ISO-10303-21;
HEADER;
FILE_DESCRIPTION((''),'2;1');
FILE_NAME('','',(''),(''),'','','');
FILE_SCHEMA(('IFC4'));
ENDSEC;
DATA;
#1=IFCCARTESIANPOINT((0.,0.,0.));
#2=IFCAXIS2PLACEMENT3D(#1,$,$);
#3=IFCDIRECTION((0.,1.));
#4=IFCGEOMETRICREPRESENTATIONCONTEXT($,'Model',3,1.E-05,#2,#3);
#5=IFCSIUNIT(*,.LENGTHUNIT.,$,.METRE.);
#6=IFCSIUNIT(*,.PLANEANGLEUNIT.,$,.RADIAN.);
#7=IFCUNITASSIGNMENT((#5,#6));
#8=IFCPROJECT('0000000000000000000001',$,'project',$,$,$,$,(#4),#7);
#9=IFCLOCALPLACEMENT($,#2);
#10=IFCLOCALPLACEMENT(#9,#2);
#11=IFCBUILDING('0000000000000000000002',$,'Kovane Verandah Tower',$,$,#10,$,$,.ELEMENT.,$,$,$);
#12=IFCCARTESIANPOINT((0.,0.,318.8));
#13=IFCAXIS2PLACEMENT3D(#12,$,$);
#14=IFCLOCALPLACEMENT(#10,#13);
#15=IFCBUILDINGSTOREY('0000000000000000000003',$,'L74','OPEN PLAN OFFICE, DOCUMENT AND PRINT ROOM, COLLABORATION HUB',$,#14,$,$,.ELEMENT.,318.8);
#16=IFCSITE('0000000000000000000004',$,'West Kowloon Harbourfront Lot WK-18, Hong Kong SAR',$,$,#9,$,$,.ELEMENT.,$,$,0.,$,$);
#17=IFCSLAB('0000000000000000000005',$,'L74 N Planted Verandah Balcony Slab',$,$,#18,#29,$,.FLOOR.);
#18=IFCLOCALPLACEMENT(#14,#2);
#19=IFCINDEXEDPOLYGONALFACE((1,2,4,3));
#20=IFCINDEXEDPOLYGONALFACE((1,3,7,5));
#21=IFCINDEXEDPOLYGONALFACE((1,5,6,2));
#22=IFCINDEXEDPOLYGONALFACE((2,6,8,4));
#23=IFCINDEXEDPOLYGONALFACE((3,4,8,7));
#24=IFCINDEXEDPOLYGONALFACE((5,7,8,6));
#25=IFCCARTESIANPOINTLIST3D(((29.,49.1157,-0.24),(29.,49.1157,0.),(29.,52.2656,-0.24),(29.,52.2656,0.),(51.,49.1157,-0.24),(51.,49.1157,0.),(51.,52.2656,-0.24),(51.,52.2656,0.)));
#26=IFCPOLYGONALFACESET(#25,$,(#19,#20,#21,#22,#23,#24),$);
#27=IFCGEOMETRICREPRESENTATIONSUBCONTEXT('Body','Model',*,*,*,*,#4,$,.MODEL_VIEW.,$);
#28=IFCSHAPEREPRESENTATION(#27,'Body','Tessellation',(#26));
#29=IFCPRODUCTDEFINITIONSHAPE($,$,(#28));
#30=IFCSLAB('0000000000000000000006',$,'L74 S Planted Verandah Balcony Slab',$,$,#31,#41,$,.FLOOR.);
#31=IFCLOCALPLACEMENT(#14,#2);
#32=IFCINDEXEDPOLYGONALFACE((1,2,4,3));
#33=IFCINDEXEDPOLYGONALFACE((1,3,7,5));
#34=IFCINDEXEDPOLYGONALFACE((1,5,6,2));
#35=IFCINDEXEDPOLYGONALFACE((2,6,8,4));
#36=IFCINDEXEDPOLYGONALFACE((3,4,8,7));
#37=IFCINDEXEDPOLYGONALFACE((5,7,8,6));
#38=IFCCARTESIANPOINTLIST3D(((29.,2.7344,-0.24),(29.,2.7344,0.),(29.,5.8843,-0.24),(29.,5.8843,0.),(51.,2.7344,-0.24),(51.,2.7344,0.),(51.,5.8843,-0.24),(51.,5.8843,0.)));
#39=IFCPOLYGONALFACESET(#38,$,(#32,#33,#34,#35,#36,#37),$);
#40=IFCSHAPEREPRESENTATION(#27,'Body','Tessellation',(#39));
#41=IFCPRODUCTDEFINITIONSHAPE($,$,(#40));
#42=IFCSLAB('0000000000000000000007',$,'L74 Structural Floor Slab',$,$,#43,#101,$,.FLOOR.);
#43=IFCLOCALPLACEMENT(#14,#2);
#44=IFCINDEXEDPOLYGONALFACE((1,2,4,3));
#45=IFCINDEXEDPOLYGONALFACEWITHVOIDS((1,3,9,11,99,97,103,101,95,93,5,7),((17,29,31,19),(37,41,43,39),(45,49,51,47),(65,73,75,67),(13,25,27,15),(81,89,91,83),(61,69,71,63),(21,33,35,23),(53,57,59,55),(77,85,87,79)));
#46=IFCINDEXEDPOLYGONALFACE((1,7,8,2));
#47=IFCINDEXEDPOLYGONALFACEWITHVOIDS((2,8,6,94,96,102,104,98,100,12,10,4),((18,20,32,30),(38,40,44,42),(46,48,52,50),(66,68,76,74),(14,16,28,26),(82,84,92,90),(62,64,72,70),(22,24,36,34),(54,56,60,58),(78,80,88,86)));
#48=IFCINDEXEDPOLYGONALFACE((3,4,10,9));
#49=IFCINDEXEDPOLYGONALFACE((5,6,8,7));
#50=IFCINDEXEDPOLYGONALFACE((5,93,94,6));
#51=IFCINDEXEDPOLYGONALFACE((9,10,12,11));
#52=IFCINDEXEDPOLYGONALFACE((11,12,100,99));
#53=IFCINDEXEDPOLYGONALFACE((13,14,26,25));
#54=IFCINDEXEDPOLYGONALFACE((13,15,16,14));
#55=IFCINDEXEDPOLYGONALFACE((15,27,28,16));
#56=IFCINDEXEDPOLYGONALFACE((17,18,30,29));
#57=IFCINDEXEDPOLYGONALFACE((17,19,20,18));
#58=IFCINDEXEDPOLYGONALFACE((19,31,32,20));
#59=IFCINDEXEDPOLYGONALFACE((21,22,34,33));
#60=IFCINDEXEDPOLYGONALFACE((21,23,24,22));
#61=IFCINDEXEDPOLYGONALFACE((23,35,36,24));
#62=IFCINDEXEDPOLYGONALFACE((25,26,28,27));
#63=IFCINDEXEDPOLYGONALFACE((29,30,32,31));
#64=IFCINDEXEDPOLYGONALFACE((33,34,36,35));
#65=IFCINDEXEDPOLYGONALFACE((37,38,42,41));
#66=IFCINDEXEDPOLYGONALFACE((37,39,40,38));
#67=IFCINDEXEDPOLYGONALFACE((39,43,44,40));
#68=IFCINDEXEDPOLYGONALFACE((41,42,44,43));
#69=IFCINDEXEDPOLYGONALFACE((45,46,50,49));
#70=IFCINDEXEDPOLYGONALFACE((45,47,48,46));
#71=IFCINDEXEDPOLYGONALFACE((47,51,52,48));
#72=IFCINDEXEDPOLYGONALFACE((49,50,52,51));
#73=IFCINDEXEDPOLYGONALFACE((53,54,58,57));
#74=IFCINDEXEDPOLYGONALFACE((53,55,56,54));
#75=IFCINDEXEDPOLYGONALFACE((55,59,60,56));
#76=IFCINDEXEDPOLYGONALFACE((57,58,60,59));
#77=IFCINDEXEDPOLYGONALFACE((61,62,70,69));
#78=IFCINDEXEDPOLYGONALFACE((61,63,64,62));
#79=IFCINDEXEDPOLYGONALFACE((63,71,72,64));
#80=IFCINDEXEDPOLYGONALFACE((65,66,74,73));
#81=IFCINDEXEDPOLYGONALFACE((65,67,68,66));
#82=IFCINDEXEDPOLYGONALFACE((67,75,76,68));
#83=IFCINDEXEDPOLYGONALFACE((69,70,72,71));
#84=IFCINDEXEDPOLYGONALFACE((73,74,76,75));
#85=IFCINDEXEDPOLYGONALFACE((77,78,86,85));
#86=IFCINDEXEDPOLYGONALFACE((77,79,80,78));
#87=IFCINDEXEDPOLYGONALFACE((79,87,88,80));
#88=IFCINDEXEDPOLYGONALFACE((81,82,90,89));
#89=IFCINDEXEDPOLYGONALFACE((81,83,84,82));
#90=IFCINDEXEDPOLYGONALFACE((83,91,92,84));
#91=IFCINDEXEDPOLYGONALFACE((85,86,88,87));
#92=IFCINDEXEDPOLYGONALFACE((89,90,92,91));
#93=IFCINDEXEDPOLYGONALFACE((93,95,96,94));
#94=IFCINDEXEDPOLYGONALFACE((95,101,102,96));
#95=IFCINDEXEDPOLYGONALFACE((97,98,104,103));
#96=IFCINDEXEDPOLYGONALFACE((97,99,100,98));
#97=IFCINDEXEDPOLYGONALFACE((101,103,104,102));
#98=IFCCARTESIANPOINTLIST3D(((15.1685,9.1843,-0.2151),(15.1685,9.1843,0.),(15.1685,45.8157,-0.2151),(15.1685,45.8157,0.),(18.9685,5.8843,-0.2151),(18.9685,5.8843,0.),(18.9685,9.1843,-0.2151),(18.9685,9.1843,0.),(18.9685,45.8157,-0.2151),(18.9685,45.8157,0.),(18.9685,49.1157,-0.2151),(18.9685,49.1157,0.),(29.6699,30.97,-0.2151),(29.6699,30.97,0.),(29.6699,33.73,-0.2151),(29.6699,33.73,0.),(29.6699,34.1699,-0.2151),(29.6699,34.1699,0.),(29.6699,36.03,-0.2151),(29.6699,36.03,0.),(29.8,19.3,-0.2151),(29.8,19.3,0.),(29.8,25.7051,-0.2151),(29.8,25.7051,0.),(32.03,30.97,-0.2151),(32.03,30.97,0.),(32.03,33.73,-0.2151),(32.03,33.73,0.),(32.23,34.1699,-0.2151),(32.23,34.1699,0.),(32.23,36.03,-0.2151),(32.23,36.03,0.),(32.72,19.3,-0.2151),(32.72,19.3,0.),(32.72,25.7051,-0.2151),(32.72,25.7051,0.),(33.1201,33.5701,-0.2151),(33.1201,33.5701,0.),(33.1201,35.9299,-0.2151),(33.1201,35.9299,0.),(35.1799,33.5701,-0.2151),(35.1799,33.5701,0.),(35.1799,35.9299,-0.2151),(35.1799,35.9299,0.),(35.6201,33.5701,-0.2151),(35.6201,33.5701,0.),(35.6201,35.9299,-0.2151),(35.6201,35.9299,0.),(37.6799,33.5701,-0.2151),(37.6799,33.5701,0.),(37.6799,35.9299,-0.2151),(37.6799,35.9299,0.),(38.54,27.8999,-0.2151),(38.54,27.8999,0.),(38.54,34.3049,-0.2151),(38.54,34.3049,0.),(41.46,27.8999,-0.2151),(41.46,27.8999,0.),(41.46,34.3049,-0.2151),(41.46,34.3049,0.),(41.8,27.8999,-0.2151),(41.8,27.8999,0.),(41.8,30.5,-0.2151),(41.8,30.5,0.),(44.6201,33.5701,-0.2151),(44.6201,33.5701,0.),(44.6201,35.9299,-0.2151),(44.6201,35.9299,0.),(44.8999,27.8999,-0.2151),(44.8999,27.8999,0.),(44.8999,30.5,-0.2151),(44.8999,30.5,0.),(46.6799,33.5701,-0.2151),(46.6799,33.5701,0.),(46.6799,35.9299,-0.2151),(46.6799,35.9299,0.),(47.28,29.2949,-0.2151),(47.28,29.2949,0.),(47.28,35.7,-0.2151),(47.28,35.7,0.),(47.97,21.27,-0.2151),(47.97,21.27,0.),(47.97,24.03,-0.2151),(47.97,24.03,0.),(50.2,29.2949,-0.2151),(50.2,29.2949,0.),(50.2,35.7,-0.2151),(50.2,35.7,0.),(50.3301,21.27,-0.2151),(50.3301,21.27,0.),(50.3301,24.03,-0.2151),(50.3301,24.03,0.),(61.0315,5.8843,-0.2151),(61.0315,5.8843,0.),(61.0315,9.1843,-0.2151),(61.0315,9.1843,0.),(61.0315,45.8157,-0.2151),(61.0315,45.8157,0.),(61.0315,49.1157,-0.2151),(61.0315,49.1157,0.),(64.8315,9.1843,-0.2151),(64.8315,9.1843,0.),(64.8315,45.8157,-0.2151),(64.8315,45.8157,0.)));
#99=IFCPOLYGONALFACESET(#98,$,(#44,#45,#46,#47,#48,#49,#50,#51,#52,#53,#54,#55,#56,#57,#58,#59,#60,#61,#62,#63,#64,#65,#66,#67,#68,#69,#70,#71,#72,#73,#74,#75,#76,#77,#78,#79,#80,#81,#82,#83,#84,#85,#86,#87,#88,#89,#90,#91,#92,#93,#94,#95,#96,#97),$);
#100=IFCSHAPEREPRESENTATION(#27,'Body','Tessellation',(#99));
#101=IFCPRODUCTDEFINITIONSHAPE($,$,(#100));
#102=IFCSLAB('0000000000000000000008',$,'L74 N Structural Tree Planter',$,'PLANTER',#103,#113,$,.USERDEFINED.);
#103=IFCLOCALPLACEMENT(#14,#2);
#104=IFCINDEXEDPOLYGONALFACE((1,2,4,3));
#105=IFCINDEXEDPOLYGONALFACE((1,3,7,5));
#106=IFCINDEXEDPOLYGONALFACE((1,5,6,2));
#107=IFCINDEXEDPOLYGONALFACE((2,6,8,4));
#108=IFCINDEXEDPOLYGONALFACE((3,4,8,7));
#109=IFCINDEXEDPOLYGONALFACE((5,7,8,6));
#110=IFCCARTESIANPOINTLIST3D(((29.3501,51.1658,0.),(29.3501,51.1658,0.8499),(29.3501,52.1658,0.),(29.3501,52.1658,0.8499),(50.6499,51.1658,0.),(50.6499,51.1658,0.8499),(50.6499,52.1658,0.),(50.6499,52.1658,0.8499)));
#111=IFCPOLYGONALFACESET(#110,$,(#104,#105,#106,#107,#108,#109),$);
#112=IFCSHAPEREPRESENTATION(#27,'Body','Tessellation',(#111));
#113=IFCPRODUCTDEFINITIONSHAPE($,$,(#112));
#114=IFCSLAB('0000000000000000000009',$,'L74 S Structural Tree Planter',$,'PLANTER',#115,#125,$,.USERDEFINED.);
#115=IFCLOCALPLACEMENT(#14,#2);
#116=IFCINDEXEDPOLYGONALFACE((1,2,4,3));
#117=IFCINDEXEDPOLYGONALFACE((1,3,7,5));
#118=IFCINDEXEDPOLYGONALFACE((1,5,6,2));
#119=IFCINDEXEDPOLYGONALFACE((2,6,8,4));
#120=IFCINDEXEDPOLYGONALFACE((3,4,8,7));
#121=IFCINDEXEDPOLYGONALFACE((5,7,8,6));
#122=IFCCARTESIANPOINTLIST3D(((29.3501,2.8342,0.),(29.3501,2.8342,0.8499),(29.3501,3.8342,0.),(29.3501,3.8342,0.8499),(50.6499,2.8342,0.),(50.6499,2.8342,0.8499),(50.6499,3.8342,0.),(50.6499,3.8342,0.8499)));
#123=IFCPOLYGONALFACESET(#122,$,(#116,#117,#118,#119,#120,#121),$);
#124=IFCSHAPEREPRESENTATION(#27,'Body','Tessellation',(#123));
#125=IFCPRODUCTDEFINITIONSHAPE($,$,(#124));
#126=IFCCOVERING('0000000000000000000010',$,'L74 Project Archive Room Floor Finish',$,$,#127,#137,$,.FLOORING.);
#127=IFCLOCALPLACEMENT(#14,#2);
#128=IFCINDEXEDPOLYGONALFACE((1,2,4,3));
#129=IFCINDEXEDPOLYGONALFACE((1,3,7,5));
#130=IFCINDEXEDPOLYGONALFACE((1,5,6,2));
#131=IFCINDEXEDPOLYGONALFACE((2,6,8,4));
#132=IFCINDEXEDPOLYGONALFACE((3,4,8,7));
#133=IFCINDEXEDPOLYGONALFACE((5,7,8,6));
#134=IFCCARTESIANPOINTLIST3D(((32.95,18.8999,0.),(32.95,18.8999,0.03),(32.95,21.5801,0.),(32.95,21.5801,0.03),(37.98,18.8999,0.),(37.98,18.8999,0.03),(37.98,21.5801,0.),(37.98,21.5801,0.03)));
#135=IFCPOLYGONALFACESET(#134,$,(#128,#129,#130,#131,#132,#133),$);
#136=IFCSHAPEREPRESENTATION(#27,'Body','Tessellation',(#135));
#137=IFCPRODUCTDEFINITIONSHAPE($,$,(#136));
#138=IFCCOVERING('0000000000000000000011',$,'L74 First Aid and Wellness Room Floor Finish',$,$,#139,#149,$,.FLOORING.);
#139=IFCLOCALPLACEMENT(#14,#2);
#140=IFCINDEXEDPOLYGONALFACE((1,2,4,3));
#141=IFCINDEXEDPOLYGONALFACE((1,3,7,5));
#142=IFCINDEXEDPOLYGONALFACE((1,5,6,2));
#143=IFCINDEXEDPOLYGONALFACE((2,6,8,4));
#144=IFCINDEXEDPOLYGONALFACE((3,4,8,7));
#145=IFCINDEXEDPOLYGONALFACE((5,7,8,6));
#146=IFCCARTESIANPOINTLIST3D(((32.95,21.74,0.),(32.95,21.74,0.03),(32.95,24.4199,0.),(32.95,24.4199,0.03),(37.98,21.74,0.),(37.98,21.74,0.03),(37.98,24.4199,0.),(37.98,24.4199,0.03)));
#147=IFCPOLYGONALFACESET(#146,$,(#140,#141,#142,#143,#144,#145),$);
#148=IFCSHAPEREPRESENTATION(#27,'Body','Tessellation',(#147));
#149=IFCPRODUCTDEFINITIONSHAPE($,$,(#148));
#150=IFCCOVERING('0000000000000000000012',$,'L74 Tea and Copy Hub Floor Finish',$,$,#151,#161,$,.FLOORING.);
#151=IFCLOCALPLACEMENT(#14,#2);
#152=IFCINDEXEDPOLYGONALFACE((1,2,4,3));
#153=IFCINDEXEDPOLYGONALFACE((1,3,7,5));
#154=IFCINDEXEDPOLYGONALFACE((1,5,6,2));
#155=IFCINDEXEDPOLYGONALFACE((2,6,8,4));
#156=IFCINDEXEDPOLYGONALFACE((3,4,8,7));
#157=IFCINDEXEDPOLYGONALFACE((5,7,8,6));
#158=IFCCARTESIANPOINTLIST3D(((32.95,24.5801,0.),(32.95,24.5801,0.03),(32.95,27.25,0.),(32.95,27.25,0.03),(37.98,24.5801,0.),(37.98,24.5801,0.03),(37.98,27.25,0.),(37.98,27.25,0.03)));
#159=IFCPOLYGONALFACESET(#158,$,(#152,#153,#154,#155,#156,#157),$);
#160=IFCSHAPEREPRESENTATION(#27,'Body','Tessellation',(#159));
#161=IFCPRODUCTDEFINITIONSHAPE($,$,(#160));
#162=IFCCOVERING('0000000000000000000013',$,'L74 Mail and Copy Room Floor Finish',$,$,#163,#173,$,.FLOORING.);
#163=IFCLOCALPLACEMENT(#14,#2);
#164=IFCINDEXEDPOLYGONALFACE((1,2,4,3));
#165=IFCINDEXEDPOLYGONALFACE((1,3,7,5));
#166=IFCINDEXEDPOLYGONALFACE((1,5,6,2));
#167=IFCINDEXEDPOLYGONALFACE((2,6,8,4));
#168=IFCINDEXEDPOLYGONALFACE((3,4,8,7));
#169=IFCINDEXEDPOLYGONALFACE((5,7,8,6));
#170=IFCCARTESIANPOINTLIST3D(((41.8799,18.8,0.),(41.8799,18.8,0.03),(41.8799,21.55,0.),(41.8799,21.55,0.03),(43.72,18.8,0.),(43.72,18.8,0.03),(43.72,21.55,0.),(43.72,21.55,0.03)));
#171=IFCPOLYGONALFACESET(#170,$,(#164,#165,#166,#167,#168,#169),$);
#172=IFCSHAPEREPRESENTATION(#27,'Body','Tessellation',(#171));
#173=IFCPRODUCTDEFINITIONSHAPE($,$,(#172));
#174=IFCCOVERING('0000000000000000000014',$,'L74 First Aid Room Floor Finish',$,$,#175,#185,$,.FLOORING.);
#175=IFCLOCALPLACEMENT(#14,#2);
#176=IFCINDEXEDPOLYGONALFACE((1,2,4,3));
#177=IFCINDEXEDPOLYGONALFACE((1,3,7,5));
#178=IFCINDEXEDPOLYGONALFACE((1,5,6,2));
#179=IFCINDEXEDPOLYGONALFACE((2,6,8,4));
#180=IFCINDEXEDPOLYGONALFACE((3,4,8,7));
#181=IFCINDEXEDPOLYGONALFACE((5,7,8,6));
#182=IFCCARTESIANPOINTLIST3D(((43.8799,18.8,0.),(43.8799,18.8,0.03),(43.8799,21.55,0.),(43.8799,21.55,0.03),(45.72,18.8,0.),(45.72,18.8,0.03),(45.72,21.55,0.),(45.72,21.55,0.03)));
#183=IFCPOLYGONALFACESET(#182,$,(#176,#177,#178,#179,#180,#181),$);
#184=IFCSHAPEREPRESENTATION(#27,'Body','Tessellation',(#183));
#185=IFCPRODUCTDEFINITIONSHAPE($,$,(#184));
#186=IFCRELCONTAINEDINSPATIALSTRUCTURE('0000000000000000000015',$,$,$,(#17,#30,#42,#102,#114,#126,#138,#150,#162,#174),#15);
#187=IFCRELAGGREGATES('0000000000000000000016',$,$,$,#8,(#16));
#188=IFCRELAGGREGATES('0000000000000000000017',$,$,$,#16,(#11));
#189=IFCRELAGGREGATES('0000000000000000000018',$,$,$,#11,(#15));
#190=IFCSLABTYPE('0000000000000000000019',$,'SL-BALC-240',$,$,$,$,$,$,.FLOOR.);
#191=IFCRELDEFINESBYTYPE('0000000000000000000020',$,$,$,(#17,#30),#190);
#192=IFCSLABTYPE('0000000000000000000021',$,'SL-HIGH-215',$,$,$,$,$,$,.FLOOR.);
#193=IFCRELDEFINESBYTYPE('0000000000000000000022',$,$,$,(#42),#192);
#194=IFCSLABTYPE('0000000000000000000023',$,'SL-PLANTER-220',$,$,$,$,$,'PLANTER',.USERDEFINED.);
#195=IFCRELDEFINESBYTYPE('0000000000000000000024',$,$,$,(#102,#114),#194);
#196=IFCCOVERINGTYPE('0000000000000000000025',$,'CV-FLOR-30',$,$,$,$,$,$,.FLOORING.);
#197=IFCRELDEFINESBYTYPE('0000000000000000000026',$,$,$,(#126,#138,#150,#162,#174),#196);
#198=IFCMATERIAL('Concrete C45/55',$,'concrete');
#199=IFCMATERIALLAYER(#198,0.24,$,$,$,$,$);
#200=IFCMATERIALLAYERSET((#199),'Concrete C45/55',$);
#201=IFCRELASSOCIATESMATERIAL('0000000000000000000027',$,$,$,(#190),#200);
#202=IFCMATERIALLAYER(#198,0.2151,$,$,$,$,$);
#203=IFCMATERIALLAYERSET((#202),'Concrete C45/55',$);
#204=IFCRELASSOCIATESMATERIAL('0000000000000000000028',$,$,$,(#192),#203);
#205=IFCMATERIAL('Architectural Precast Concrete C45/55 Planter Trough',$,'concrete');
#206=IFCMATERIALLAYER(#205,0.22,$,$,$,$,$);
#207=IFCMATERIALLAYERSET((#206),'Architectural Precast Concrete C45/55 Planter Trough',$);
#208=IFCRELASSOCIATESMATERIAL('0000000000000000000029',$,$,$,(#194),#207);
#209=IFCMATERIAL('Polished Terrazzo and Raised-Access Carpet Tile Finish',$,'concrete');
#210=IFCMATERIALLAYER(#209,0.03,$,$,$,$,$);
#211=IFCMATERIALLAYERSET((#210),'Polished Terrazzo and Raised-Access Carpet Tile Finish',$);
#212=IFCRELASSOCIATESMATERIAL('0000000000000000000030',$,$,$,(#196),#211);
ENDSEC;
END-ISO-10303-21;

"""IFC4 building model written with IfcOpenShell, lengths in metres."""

from ifc_helpers import new_model, si_unit, direction, frame, origin, place, context, subcontext, project, spatial, polyline, outline, extrude, material, layer, layer_set, type_object, element, save


model = new_model("IFC4")

# Units and contexts
model_context = context("Model", 3, precision=1e-05, world=origin(), true_north=direction((0.0, 1.0)))
body_context = subcontext(model_context, "Body", "Model", "MODEL_VIEW")
ifc_project = project(units=[si_unit("LENGTHUNIT", "METRE"), si_unit("PLANEANGLEUNIT", "RADIAN")], contexts=[model_context])

# Site, building, storey
site_placement = place(None, origin())
site = spatial("IfcSite", under=ifc_project, at=site_placement, Name="West Kowloon Harbourfront Lot WK-18, Hong Kong SAR", CompositionType="ELEMENT", RefElevation=0.0)
building_placement = place(site_placement, origin())
building = spatial("IfcBuilding", under=site, at=building_placement, Name="Kovane Verandah Tower", CompositionType="ELEMENT")
storey_placement = place(building_placement, frame((0.0, 0.0, 318.8)))
storey = spatial("IfcBuildingStorey", under=building, at=storey_placement, Name="L74", Description="OPEN PLAN OFFICE, DOCUMENT AND PRINT ROOM, COLLABORATION HUB", CompositionType="ELEMENT", Elevation=318.8)

# Slabs
ifc_material_1 = material(Name="Concrete C45/55", Category="concrete")
ifc_layer_1 = layer(ifc_material_1, 0.24)
ifc_layer_set_1 = layer_set([ifc_layer_1], Name="Concrete C45/55")
slab_type_1 = type_object("IfcSlabType", Name="SL-BALC-240", PredefinedType="FLOOR", material=ifc_layer_set_1)
slab_1_placement = place(storey_placement, frame((0.0, 0.0, -0.24)))
element("IfcSlab", 1, at=slab_1_placement, inside=storey, type_object=slab_type_1, Name="L74 N Planted Verandah Balcony Slab", PredefinedType="FLOOR", context=body_context, shape_type="SweptSolid", body=[
    extrude(outline(polyline([(29.0, 49.1157), (51.0, 49.1157), (51.0, 52.2656), (29.0, 52.2656), (29.0, 49.1157)])), origin(), (0.0, 0.0, 1.0), 0.24),
])
slab_2_placement = place(storey_placement, frame((0.0, 0.0, -0.24)))
element("IfcSlab", 2, at=slab_2_placement, inside=storey, type_object=slab_type_1, Name="L74 S Planted Verandah Balcony Slab", PredefinedType="FLOOR", context=body_context, shape_type="SweptSolid", body=[
    extrude(outline(polyline([(29.0, 2.7344), (51.0, 2.7344), (51.0, 5.8843), (29.0, 5.8843), (29.0, 2.7344)])), origin(), (0.0, 0.0, 1.0), 0.24),
])
ifc_layer_2 = layer(ifc_material_1, 0.2151)
ifc_layer_set_2 = layer_set([ifc_layer_2], Name="Concrete C45/55")
slab_type_2 = type_object("IfcSlabType", Name="SL-HIGH-215", PredefinedType="FLOOR", material=ifc_layer_set_2)
slab_3_placement = place(storey_placement, frame((0.0, 0.0, -0.2151)))
element("IfcSlab", 3, at=slab_3_placement, inside=storey, type_object=slab_type_2, Name="L74 Structural Floor Slab", PredefinedType="FLOOR", context=body_context, shape_type="SweptSolid", body=[
    extrude(outline(polyline([(18.9685, 5.8843), (61.0315, 5.8843), (61.0315, 9.1843), (64.8315, 9.1843), (64.8315, 45.8157), (61.0315, 45.8157), (61.0315, 49.1157), (18.9685, 49.1157), (18.9685, 45.8157), (15.1685, 45.8157), (15.1685, 9.1843), (18.9685, 9.1843), (18.9685, 5.8843)]), holes=[polyline([(29.8, 19.3), (32.72, 19.3), (32.72, 25.7051), (29.8, 25.7051), (29.8, 19.3)]), polyline([(47.28, 29.2949), (50.2, 29.2949), (50.2, 35.7), (47.28, 35.7), (47.28, 29.2949)]), polyline([(38.54, 27.8999), (41.46, 27.8999), (41.46, 34.3049), (38.54, 34.3049), (38.54, 27.8999)]), polyline([(29.6699, 30.97), (32.03, 30.97), (32.03, 33.73), (29.6699, 33.73), (29.6699, 30.97)]), polyline([(47.97, 21.27), (50.3301, 21.27), (50.3301, 24.03), (47.97, 24.03), (47.97, 21.27)]), polyline([(29.6699, 34.1699), (32.23, 34.1699), (32.23, 36.03), (29.6699, 36.03), (29.6699, 34.1699)]), polyline([(33.1201, 33.5701), (35.1799, 33.5701), (35.1799, 35.9299), (33.1201, 35.9299), (33.1201, 33.5701)]), polyline([(35.6201, 33.5701), (37.6799, 33.5701), (37.6799, 35.9299), (35.6201, 35.9299), (35.6201, 33.5701)]), polyline([(44.6201, 33.5701), (46.6799, 33.5701), (46.6799, 35.9299), (44.6201, 35.9299), (44.6201, 33.5701)]), polyline([(41.8, 27.8999), (44.8999, 27.8999), (44.8999, 30.5), (41.8, 30.5), (41.8, 27.8999)])]), origin(), (0.0, 0.0, 1.0), 0.2151),
])
ifc_material_2 = material(Name="Architectural Precast Concrete C45/55 Planter Trough", Category="concrete")
ifc_layer_3 = layer(ifc_material_2, 0.22)
ifc_layer_set_3 = layer_set([ifc_layer_3], Name="Architectural Precast Concrete C45/55 Planter Trough")
slab_type_3 = type_object("IfcSlabType", Name="SL-PLANTER-220", ElementType="PLANTER", PredefinedType="USERDEFINED", material=ifc_layer_set_3)
slab_4_placement = place(storey_placement, origin())
element("IfcSlab", 4, at=slab_4_placement, inside=storey, type_object=slab_type_3, Name="L74 N Structural Tree Planter", ObjectType="PLANTER", PredefinedType="USERDEFINED", context=body_context, shape_type="SweptSolid", body=[
    extrude(outline(polyline([(29.3501, 51.1658), (50.6499, 51.1658), (50.6499, 52.1658), (29.3501, 52.1658), (29.3501, 51.1658)])), origin(), (0.0, 0.0, 1.0), 0.8499),
])
slab_5_placement = place(storey_placement, origin())
element("IfcSlab", 5, at=slab_5_placement, inside=storey, type_object=slab_type_3, Name="L74 S Structural Tree Planter", ObjectType="PLANTER", PredefinedType="USERDEFINED", context=body_context, shape_type="SweptSolid", body=[
    extrude(outline(polyline([(29.3501, 2.8342), (50.6499, 2.8342), (50.6499, 3.8342), (29.3501, 3.8342), (29.3501, 2.8342)])), origin(), (0.0, 0.0, 1.0), 0.8499),
])

# Coverings
ifc_material_3 = material(Name="Polished Terrazzo and Raised-Access Carpet Tile Finish", Category="concrete")
ifc_layer_4 = layer(ifc_material_3, 0.03)
ifc_layer_set_4 = layer_set([ifc_layer_4], Name="Polished Terrazzo and Raised-Access Carpet Tile Finish")
covering_type = type_object("IfcCoveringType", Name="CV-FLOR-30", PredefinedType="FLOORING", material=ifc_layer_set_4)
covering_1_placement = place(storey_placement, origin())
element("IfcCovering", 6, at=covering_1_placement, inside=storey, type_object=covering_type, Name="L74 Project Archive Room Floor Finish", PredefinedType="FLOORING", context=body_context, shape_type="SweptSolid", body=[
    extrude(outline(polyline([(32.95, 18.8999), (37.98, 18.8999), (37.98, 21.5801), (32.95, 21.5801), (32.95, 18.8999)])), origin(), (0.0, 0.0, 1.0), 0.03),
])
covering_2_placement = place(storey_placement, origin())
element("IfcCovering", 7, at=covering_2_placement, inside=storey, type_object=covering_type, Name="L74 First Aid and Wellness Room Floor Finish", PredefinedType="FLOORING", context=body_context, shape_type="SweptSolid", body=[
    extrude(outline(polyline([(32.95, 21.74), (37.98, 21.74), (37.98, 24.4199), (32.95, 24.4199), (32.95, 21.74)])), origin(), (0.0, 0.0, 1.0), 0.03),
])
covering_3_placement = place(storey_placement, origin())
element("IfcCovering", 8, at=covering_3_placement, inside=storey, type_object=covering_type, Name="L74 Tea and Copy Hub Floor Finish", PredefinedType="FLOORING", context=body_context, shape_type="SweptSolid", body=[
    extrude(outline(polyline([(32.95, 24.5801), (37.98, 24.5801), (37.98, 27.25), (32.95, 27.25), (32.95, 24.5801)])), origin(), (0.0, 0.0, 1.0), 0.03),
])
covering_4_placement = place(storey_placement, origin())
element("IfcCovering", 9, at=covering_4_placement, inside=storey, type_object=covering_type, Name="L74 Mail and Copy Room Floor Finish", PredefinedType="FLOORING", context=body_context, shape_type="SweptSolid", body=[
    extrude(outline(polyline([(41.8799, 18.8), (43.72, 18.8), (43.72, 21.55), (41.8799, 21.55), (41.8799, 18.8)])), origin(), (0.0, 0.0, 1.0), 0.03),
])
covering_5_placement = place(storey_placement, origin())
element("IfcCovering", 10, at=covering_5_placement, inside=storey, type_object=covering_type, Name="L74 First Aid Room Floor Finish", PredefinedType="FLOORING", context=body_context, shape_type="SweptSolid", body=[
    extrude(outline(polyline([(43.8799, 18.8), (45.72, 18.8), (45.72, 21.55), (43.8799, 21.55), (43.8799, 18.8)])), origin(), (0.0, 0.0, 1.0), 0.03),
])

save(model, "model.ifc")
